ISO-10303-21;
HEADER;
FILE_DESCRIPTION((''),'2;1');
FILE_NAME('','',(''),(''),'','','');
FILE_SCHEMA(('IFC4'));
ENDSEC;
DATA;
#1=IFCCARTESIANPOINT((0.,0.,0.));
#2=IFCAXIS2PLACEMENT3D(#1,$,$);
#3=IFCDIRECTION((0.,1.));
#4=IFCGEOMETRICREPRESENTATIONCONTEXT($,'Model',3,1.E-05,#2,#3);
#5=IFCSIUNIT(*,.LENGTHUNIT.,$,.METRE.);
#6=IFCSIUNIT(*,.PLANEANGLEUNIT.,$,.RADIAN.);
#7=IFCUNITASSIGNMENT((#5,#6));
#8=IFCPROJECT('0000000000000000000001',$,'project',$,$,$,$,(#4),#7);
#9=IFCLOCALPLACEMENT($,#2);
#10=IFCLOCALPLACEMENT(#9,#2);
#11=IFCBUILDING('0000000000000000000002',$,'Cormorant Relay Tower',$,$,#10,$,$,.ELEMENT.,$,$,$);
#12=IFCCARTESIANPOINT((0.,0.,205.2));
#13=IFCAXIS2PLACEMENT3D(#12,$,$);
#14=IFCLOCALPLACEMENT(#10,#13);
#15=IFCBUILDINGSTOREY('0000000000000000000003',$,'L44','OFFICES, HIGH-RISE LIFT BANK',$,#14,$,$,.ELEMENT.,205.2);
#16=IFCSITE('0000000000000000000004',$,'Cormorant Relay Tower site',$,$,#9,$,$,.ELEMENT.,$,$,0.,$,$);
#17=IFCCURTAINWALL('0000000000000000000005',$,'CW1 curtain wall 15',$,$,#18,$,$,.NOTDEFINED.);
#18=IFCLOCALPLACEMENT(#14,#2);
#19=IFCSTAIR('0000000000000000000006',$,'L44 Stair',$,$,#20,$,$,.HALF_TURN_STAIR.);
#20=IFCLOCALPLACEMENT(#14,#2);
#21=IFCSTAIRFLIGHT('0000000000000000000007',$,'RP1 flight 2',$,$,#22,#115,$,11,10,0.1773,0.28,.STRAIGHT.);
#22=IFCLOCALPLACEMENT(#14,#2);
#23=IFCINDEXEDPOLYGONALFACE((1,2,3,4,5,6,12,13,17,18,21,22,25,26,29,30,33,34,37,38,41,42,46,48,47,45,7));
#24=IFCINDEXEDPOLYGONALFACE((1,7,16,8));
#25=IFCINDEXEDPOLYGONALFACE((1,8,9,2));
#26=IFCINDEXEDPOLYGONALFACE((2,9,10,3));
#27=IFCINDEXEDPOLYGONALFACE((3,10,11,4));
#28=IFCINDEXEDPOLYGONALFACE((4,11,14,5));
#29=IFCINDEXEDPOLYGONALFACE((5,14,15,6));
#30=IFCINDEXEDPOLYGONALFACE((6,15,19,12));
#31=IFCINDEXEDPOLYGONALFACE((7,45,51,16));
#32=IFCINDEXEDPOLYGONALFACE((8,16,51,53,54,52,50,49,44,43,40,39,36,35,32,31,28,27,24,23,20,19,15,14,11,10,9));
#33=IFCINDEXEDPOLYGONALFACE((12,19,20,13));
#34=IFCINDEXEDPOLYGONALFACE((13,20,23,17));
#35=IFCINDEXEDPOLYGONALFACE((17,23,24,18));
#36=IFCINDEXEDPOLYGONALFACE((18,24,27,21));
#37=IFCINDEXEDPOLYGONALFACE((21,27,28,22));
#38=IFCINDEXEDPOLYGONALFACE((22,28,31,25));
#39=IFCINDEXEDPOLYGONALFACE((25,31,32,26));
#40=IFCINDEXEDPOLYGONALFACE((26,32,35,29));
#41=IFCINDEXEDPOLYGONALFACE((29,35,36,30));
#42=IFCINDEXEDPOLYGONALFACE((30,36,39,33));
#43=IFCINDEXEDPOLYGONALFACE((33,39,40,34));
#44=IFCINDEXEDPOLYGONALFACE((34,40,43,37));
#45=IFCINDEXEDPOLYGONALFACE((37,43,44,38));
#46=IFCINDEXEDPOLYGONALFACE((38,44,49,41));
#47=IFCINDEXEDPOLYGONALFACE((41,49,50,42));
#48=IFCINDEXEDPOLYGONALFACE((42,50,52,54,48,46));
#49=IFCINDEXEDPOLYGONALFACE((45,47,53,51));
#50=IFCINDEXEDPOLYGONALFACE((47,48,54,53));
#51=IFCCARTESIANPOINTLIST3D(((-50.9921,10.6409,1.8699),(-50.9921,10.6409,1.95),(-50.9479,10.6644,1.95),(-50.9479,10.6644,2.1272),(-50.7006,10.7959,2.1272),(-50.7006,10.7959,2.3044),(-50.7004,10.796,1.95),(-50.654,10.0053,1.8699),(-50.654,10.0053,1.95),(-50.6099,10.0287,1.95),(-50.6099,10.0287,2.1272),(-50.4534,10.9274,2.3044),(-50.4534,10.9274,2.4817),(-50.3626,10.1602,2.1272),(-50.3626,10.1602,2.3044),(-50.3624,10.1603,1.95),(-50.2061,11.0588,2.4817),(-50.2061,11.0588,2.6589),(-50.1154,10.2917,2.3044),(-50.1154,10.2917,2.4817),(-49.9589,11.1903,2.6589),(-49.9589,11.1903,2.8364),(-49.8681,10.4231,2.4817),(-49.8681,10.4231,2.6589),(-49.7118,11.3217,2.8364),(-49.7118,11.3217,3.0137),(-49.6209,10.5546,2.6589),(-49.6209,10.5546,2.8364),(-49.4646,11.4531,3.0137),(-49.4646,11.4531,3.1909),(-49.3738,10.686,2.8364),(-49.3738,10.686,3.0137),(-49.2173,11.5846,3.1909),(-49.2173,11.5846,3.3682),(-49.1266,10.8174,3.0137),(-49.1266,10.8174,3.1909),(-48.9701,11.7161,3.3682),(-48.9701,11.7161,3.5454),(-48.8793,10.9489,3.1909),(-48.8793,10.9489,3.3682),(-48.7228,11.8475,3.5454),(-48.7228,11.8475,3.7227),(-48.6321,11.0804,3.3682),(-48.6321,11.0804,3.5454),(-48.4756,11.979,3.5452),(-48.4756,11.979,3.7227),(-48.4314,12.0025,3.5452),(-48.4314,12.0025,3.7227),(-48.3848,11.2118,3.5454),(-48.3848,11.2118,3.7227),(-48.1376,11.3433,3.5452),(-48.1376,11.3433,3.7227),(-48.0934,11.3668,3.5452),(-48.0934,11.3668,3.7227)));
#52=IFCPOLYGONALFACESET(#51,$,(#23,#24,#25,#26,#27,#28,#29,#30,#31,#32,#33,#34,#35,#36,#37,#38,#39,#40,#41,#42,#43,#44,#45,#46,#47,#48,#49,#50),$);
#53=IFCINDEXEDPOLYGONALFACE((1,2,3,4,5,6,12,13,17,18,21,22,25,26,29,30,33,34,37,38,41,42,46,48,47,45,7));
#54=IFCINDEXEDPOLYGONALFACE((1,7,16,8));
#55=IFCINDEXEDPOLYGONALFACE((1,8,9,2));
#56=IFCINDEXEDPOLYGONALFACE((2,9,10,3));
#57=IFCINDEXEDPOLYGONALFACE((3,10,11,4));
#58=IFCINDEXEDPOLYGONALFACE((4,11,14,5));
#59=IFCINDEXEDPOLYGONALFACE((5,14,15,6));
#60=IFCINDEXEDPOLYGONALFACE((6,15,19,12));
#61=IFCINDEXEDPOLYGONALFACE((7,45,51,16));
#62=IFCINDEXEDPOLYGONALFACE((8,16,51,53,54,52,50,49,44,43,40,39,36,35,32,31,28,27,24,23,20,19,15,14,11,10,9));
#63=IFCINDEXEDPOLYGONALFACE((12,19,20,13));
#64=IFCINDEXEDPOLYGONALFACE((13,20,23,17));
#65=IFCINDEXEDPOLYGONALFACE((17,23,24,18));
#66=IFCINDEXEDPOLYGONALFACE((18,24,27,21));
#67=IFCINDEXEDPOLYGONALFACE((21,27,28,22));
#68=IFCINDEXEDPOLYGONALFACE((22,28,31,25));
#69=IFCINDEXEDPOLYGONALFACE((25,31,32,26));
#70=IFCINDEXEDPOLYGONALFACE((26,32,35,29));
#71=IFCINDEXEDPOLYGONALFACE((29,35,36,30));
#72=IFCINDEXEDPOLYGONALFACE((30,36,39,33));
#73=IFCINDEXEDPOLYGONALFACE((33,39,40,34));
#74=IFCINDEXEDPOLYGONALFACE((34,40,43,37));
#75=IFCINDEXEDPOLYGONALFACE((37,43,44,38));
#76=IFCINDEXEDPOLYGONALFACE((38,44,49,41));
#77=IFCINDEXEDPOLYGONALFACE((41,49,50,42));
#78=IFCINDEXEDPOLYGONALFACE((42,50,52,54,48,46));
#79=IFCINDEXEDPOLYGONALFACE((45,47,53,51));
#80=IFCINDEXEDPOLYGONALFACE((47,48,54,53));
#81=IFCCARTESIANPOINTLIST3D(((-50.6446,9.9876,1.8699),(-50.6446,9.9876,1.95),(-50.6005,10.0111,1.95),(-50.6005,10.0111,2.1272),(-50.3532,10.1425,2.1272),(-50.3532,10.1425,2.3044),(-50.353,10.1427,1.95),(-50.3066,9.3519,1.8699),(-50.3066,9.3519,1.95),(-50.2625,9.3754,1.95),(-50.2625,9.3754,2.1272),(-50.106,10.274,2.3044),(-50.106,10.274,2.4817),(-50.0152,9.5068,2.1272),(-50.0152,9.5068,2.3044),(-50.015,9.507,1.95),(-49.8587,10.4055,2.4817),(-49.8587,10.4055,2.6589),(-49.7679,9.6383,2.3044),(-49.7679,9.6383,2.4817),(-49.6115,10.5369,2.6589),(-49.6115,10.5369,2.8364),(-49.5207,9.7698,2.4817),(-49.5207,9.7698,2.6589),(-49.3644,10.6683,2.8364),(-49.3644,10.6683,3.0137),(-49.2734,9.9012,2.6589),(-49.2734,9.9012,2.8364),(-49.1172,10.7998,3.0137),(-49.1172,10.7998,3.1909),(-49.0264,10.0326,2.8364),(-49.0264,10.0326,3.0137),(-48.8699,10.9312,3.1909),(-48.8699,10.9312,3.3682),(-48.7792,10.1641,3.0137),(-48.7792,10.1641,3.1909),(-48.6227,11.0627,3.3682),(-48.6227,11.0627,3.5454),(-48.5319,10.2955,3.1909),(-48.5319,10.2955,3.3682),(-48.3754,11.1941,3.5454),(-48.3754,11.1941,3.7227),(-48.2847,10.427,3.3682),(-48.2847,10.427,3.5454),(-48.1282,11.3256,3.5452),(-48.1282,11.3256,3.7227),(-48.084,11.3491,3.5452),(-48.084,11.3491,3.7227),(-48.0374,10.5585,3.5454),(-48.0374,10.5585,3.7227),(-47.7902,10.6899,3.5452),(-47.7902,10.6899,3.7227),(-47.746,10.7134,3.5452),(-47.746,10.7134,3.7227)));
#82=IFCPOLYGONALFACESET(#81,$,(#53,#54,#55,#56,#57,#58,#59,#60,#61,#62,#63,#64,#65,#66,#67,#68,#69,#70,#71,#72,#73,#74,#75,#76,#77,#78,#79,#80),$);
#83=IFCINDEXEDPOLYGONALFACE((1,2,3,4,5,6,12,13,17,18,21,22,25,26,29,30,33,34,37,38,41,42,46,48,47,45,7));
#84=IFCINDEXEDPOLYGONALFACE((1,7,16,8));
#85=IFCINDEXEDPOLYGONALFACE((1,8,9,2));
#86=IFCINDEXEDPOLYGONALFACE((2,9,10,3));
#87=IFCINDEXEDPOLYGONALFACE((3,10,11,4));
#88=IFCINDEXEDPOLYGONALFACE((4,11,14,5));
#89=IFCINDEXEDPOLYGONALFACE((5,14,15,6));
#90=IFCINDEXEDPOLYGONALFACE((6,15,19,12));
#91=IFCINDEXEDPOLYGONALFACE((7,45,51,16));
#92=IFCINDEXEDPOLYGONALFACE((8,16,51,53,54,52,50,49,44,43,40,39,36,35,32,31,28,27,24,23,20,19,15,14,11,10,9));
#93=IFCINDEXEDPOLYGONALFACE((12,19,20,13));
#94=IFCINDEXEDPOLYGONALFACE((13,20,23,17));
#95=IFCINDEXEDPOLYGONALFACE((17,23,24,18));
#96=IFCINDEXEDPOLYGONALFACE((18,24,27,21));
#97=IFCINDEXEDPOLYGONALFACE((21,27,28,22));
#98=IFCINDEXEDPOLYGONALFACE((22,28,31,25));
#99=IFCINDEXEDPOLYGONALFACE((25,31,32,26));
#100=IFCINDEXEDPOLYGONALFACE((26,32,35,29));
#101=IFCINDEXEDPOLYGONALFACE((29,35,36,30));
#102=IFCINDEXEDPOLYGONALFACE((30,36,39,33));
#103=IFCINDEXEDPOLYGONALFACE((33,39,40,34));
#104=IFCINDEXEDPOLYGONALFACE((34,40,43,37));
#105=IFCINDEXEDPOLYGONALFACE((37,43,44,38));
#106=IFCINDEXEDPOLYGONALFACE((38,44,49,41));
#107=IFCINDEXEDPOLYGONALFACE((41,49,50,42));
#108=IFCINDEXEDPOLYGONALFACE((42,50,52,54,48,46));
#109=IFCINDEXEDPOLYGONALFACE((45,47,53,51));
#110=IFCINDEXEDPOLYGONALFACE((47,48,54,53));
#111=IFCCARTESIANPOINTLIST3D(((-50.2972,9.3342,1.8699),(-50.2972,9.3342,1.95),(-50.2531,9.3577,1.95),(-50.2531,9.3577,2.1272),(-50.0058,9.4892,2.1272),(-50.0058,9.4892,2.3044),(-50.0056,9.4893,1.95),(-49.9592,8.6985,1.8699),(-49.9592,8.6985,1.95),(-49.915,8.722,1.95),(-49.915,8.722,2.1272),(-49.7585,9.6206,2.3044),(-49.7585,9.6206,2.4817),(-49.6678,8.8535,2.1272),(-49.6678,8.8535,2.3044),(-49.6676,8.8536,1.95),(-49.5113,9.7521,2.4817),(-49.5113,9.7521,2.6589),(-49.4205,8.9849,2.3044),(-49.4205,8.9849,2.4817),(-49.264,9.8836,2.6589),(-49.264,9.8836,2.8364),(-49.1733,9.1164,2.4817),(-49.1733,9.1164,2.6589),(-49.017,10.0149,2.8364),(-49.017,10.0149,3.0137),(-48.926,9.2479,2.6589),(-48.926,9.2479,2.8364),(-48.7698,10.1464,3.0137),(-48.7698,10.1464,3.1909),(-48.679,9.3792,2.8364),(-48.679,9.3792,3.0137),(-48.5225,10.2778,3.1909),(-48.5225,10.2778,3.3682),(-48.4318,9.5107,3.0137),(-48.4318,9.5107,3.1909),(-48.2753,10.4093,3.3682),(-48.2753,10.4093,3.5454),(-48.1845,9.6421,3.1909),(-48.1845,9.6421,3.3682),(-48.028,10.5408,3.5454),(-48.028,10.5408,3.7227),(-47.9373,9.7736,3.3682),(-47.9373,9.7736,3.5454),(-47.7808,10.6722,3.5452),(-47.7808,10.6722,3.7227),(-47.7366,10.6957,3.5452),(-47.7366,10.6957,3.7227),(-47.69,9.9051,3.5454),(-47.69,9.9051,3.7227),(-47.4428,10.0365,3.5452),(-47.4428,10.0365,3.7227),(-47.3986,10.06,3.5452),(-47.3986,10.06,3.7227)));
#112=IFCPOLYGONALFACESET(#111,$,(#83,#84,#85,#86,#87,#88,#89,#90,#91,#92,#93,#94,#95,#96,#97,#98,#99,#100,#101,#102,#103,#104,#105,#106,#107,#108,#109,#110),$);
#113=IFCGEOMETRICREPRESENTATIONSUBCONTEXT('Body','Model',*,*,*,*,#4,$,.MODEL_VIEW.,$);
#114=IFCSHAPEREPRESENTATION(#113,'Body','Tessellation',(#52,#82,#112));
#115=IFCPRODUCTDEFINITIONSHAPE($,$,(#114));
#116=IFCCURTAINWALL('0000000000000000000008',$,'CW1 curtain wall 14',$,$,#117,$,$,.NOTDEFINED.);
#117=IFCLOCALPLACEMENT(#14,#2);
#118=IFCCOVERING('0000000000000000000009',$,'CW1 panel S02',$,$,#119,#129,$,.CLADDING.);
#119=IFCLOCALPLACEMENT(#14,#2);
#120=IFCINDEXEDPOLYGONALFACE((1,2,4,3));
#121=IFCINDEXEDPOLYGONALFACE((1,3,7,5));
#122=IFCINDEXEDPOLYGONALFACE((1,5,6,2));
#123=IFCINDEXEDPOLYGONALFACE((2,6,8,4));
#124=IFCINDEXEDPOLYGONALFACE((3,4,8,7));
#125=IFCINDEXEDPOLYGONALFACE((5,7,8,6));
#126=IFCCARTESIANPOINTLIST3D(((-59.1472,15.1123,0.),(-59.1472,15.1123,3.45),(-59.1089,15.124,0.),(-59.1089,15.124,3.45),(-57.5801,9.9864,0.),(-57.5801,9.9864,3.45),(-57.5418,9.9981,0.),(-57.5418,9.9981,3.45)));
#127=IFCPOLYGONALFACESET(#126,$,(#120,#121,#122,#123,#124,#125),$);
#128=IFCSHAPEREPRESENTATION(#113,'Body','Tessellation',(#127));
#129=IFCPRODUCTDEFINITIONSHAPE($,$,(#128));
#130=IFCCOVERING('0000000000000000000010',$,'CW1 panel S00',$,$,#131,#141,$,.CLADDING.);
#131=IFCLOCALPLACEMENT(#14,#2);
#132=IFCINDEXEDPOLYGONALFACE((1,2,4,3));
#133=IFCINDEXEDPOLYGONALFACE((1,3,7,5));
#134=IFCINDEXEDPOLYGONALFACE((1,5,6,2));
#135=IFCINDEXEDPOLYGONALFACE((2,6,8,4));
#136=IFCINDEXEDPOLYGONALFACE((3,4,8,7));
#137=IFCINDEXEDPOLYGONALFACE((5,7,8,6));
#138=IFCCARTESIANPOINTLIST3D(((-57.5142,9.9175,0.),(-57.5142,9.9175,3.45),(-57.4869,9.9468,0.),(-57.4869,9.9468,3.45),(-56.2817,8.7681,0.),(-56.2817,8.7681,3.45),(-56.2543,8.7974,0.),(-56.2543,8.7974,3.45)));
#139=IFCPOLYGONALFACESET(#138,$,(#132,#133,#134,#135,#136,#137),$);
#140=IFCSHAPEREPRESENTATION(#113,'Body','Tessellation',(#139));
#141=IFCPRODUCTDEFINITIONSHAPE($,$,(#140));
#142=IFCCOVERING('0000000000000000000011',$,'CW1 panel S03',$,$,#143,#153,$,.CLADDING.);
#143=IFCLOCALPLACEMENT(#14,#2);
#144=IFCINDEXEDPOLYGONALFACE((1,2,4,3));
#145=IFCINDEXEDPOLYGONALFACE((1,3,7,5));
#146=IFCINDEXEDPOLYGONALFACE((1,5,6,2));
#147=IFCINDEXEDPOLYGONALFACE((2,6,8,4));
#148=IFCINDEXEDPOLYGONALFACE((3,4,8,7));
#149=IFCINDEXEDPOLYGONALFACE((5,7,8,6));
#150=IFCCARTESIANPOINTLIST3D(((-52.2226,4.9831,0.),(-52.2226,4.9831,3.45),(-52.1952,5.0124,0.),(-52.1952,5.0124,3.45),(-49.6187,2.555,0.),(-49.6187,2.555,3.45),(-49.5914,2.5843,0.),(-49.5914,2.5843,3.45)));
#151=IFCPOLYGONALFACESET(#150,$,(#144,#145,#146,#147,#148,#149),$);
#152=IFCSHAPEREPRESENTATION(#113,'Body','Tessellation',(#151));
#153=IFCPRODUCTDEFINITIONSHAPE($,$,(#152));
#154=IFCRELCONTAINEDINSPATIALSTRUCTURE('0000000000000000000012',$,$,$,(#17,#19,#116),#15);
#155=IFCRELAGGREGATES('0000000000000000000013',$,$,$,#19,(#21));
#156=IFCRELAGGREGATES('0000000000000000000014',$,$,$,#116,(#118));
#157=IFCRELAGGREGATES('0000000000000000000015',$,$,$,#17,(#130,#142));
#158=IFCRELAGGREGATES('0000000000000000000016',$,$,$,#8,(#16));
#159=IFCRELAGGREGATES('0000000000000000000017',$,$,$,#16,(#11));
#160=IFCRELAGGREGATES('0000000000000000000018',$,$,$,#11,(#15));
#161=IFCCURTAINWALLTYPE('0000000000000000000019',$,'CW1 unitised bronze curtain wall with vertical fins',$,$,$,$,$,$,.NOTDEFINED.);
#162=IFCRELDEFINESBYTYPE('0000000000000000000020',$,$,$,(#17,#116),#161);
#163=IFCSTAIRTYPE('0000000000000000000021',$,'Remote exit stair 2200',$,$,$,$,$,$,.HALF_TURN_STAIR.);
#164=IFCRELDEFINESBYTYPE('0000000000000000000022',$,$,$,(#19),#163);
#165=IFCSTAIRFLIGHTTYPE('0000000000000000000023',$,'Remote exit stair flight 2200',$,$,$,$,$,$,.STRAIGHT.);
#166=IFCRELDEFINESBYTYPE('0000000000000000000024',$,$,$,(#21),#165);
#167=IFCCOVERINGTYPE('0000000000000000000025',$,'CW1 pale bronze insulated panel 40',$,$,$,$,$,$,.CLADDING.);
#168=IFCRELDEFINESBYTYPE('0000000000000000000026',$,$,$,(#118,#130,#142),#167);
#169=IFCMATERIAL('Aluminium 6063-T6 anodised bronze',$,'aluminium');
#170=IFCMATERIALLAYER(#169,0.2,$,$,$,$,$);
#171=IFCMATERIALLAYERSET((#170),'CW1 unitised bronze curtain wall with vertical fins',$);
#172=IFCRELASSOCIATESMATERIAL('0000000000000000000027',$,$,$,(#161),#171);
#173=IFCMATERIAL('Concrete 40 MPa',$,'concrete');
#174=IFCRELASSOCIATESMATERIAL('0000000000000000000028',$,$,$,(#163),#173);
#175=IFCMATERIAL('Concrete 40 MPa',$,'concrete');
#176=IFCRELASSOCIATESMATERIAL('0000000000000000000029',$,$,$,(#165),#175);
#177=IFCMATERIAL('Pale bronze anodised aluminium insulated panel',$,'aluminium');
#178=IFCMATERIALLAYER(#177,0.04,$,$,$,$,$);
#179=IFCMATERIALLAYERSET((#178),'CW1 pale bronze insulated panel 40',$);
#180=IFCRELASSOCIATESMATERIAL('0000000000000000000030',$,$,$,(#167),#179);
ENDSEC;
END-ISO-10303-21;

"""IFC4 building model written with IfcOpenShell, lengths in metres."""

from ifc_helpers import new_model, si_unit, direction, frame, origin, origin_2d, place, context, subcontext, project, spatial, polyline, rectangle, outline, extrude, material, layer, layer_set, type_object, element, aggregate, save


model = new_model("IFC4")

# Units and contexts
model_context = context("Model", 3, precision=1e-05, world=origin(), true_north=direction((0.0, 1.0)))
body_context = subcontext(model_context, "Body", "Model", "MODEL_VIEW")
ifc_project = project(units=[si_unit("LENGTHUNIT", "METRE"), si_unit("PLANEANGLEUNIT", "RADIAN")], contexts=[model_context])

# Site, building, storey
site_placement = place(None, origin())
site = spatial("IfcSite", under=ifc_project, at=site_placement, Name="Cormorant Relay Tower site", CompositionType="ELEMENT", RefElevation=0.0)
building_placement = place(site_placement, origin())
building = spatial("IfcBuilding", under=site, at=building_placement, Name="Cormorant Relay Tower", CompositionType="ELEMENT")
storey_placement = place(building_placement, frame((0.0, 0.0, 205.2)))
storey = spatial("IfcBuildingStorey", under=building, at=storey_placement, Name="L44", Description="OFFICES, HIGH-RISE LIFT BANK", CompositionType="ELEMENT", Elevation=205.2)

# Curtain wall
ifc_material_1 = material(Name="Aluminium 6063-T6 anodised bronze", Category="aluminium")
ifc_layer_1 = layer(ifc_material_1, 0.2)
ifc_layer_set_1 = layer_set([ifc_layer_1], Name="CW1 unitised bronze curtain wall with vertical fins")
curtain_wall_type = type_object("IfcCurtainWallType", Name="CW1 unitised bronze curtain wall with vertical fins", PredefinedType="NOTDEFINED", material=ifc_layer_set_1)
curtain_wall_1_placement = place(storey_placement, origin())
curtain_wall_1 = element("IfcCurtainWall", 1, at=curtain_wall_1_placement, inside=storey, type_object=curtain_wall_type, Name="CW1 curtain wall 15", PredefinedType="NOTDEFINED")

# Stair, stair flight
ifc_material_2 = material(Name="Concrete 40 MPa", Category="concrete")
stair_type = type_object("IfcStairType", Name="Remote exit stair 2200", PredefinedType="HALF_TURN_STAIR", material=ifc_material_2)
stair_placement = place(storey_placement, origin())
stair = element("IfcStair", 2, at=stair_placement, inside=storey, type_object=stair_type, Name="L44 Stair", PredefinedType="HALF_TURN_STAIR")
ifc_material_3 = material(Name="Concrete 40 MPa", Category="concrete")
stair_flight_type = type_object("IfcStairFlightType", Name="Remote exit stair flight 2200", PredefinedType="STRAIGHT", material=ifc_material_3)
stair_flight_1_placement = place(storey_placement, frame((-50.4314, 9.6931, 1.95), z_axis=(0.0, 0.0, 1.0), x_axis=(0.882948, 0.469472, 0.0)))
stair_flight_1 = element("IfcStairFlight", 3, at=stair_flight_1_placement, type_object=stair_flight_type, Name="RP1 flight 2", NumberOfRisers=11, NumberOfTreads=10, PredefinedType="STRAIGHT", RiserHeight=0.1773, TreadLength=0.28, context=body_context, shape_type="SweptSolid", body=[
    extrude(outline(polyline([(-0.05, -0.0801), (-0.05, 0.0), (0.0, 0.0), (0.0, 0.1772), (0.28, 0.1772), (0.28, 0.3545), (0.5601, 0.3545), (0.5601, 0.5317), (0.8401, 0.5317), (0.8401, 0.709), (1.1201, 0.709), (1.1201, 0.8865), (1.3999, 0.8865), (1.3999, 1.0637), (1.6799, 1.0637), (1.6799, 1.241), (1.96, 1.241), (1.96, 1.4182), (2.24, 1.4182), (2.24, 1.5955), (2.52, 1.5955), (2.52, 1.7727), (2.8, 1.7727), (2.8501, 1.7727), (2.8501, 1.5952), (2.8, 1.5952), (0.2803, 0.0), (-0.05, -0.0801)])), frame((0.0, 1.1001, 0.0), z_axis=(0.0, -1.0, 0.0), x_axis=(1.0, 0.0, 0.0)), (0.0, 0.0, 1.0), 0.72),
    extrude(outline(polyline([(-0.05, -0.0801), (-0.05, 0.0), (0.0, 0.0), (0.0, 0.1772), (0.28, 0.1772), (0.28, 0.3545), (0.5601, 0.3545), (0.5601, 0.5317), (0.8401, 0.5317), (0.8401, 0.709), (1.1201, 0.709), (1.1201, 0.8865), (1.3999, 0.8865), (1.3999, 1.0637), (1.6799, 1.0637), (1.6799, 1.241), (1.96, 1.241), (1.96, 1.4182), (2.24, 1.4182), (2.24, 1.5955), (2.52, 1.5955), (2.52, 1.7727), (2.8, 1.7727), (2.8501, 1.7727), (2.8501, 1.5952), (2.8, 1.5952), (0.2803, 0.0), (-0.05, -0.0801)])), frame((0.0, 0.3601, 0.0), z_axis=(0.0, -1.0, 0.0), x_axis=(1.0, 0.0, 0.0)), (0.0, 0.0, 1.0), 0.72),
    extrude(outline(polyline([(-0.05, -0.0801), (-0.05, 0.0), (0.0, 0.0), (0.0, 0.1772), (0.28, 0.1772), (0.28, 0.3545), (0.5601, 0.3545), (0.5601, 0.5317), (0.8401, 0.5317), (0.8401, 0.709), (1.1201, 0.709), (1.1201, 0.8865), (1.3999, 0.8865), (1.3999, 1.0637), (1.6799, 1.0637), (1.6799, 1.241), (1.96, 1.241), (1.96, 1.4182), (2.24, 1.4182), (2.24, 1.5955), (2.52, 1.5955), (2.52, 1.7727), (2.8, 1.7727), (2.8501, 1.7727), (2.8501, 1.5952), (2.8, 1.5952), (0.2803, 0.0), (-0.05, -0.0801)])), frame((0.0, -0.3799, 0.0), z_axis=(0.0, -1.0, 0.0), x_axis=(1.0, 0.0, 0.0)), (0.0, 0.0, 1.0), 0.72),
])
aggregate(stair, [stair_flight_1])

# Curtain wall, covering
curtain_wall_2_placement = place(storey_placement, origin())
curtain_wall_2 = element("IfcCurtainWall", 4, at=curtain_wall_2_placement, inside=storey, type_object=curtain_wall_type, Name="CW1 curtain wall 14", PredefinedType="NOTDEFINED")
ifc_material_4 = material(Name="Pale bronze anodised aluminium insulated panel", Category="aluminium")
ifc_layer_2 = layer(ifc_material_4, 0.04)
ifc_layer_set_2 = layer_set([ifc_layer_2], Name="CW1 pale bronze insulated panel 40")
covering_type = type_object("IfcCoveringType", Name="CW1 pale bronze insulated panel 40", PredefinedType="CLADDING", material=ifc_layer_set_2)
covering_1_placement = place(storey_placement, frame((-58.3445, 12.5552, 0.0), z_axis=(0.0, 0.0, 1.0), x_axis=(0.292372, -0.956305, 0.0)))
covering_1 = element("IfcCovering", 5, at=covering_1_placement, type_object=covering_type, Name="CW1 panel S02", PredefinedType="CLADDING", context=body_context, shape_type="SweptSolid", body=[
    extrude(rectangle(XDim=5.3601, YDim=0.04, at=origin_2d()), origin(), (0.0, 0.0, 1.0), 3.45),
])
aggregate(curtain_wall_2, [covering_1])

# Coverings
covering_2_placement = place(storey_placement, frame((-56.8843, 9.3574, 0.0), z_axis=(0.0, 0.0, 1.0), x_axis=(0.731354, -0.681998, 0.0)))
covering_2 = element("IfcCovering", 6, at=covering_2_placement, type_object=covering_type, Name="CW1 panel S00", PredefinedType="CLADDING", context=body_context, shape_type="SweptSolid", body=[
    extrude(rectangle(XDim=1.6853, YDim=0.04, at=origin_2d()), origin(), (0.0, 0.0, 1.0), 3.45),
])
covering_3_placement = place(storey_placement, frame((-50.907, 3.7837, 0.0), z_axis=(0.0, 0.0, 1.0), x_axis=(0.731354, -0.681998, 0.0)))
covering_3 = element("IfcCovering", 7, at=covering_3_placement, type_object=covering_type, Name="CW1 panel S03", PredefinedType="CLADDING", context=body_context, shape_type="SweptSolid", body=[
    extrude(rectangle(XDim=3.5603, YDim=0.04, at=origin_2d()), origin(), (0.0, 0.0, 1.0), 3.45),
])
aggregate(curtain_wall_1, [covering_2, covering_3])

save(model, "model.ifc")
